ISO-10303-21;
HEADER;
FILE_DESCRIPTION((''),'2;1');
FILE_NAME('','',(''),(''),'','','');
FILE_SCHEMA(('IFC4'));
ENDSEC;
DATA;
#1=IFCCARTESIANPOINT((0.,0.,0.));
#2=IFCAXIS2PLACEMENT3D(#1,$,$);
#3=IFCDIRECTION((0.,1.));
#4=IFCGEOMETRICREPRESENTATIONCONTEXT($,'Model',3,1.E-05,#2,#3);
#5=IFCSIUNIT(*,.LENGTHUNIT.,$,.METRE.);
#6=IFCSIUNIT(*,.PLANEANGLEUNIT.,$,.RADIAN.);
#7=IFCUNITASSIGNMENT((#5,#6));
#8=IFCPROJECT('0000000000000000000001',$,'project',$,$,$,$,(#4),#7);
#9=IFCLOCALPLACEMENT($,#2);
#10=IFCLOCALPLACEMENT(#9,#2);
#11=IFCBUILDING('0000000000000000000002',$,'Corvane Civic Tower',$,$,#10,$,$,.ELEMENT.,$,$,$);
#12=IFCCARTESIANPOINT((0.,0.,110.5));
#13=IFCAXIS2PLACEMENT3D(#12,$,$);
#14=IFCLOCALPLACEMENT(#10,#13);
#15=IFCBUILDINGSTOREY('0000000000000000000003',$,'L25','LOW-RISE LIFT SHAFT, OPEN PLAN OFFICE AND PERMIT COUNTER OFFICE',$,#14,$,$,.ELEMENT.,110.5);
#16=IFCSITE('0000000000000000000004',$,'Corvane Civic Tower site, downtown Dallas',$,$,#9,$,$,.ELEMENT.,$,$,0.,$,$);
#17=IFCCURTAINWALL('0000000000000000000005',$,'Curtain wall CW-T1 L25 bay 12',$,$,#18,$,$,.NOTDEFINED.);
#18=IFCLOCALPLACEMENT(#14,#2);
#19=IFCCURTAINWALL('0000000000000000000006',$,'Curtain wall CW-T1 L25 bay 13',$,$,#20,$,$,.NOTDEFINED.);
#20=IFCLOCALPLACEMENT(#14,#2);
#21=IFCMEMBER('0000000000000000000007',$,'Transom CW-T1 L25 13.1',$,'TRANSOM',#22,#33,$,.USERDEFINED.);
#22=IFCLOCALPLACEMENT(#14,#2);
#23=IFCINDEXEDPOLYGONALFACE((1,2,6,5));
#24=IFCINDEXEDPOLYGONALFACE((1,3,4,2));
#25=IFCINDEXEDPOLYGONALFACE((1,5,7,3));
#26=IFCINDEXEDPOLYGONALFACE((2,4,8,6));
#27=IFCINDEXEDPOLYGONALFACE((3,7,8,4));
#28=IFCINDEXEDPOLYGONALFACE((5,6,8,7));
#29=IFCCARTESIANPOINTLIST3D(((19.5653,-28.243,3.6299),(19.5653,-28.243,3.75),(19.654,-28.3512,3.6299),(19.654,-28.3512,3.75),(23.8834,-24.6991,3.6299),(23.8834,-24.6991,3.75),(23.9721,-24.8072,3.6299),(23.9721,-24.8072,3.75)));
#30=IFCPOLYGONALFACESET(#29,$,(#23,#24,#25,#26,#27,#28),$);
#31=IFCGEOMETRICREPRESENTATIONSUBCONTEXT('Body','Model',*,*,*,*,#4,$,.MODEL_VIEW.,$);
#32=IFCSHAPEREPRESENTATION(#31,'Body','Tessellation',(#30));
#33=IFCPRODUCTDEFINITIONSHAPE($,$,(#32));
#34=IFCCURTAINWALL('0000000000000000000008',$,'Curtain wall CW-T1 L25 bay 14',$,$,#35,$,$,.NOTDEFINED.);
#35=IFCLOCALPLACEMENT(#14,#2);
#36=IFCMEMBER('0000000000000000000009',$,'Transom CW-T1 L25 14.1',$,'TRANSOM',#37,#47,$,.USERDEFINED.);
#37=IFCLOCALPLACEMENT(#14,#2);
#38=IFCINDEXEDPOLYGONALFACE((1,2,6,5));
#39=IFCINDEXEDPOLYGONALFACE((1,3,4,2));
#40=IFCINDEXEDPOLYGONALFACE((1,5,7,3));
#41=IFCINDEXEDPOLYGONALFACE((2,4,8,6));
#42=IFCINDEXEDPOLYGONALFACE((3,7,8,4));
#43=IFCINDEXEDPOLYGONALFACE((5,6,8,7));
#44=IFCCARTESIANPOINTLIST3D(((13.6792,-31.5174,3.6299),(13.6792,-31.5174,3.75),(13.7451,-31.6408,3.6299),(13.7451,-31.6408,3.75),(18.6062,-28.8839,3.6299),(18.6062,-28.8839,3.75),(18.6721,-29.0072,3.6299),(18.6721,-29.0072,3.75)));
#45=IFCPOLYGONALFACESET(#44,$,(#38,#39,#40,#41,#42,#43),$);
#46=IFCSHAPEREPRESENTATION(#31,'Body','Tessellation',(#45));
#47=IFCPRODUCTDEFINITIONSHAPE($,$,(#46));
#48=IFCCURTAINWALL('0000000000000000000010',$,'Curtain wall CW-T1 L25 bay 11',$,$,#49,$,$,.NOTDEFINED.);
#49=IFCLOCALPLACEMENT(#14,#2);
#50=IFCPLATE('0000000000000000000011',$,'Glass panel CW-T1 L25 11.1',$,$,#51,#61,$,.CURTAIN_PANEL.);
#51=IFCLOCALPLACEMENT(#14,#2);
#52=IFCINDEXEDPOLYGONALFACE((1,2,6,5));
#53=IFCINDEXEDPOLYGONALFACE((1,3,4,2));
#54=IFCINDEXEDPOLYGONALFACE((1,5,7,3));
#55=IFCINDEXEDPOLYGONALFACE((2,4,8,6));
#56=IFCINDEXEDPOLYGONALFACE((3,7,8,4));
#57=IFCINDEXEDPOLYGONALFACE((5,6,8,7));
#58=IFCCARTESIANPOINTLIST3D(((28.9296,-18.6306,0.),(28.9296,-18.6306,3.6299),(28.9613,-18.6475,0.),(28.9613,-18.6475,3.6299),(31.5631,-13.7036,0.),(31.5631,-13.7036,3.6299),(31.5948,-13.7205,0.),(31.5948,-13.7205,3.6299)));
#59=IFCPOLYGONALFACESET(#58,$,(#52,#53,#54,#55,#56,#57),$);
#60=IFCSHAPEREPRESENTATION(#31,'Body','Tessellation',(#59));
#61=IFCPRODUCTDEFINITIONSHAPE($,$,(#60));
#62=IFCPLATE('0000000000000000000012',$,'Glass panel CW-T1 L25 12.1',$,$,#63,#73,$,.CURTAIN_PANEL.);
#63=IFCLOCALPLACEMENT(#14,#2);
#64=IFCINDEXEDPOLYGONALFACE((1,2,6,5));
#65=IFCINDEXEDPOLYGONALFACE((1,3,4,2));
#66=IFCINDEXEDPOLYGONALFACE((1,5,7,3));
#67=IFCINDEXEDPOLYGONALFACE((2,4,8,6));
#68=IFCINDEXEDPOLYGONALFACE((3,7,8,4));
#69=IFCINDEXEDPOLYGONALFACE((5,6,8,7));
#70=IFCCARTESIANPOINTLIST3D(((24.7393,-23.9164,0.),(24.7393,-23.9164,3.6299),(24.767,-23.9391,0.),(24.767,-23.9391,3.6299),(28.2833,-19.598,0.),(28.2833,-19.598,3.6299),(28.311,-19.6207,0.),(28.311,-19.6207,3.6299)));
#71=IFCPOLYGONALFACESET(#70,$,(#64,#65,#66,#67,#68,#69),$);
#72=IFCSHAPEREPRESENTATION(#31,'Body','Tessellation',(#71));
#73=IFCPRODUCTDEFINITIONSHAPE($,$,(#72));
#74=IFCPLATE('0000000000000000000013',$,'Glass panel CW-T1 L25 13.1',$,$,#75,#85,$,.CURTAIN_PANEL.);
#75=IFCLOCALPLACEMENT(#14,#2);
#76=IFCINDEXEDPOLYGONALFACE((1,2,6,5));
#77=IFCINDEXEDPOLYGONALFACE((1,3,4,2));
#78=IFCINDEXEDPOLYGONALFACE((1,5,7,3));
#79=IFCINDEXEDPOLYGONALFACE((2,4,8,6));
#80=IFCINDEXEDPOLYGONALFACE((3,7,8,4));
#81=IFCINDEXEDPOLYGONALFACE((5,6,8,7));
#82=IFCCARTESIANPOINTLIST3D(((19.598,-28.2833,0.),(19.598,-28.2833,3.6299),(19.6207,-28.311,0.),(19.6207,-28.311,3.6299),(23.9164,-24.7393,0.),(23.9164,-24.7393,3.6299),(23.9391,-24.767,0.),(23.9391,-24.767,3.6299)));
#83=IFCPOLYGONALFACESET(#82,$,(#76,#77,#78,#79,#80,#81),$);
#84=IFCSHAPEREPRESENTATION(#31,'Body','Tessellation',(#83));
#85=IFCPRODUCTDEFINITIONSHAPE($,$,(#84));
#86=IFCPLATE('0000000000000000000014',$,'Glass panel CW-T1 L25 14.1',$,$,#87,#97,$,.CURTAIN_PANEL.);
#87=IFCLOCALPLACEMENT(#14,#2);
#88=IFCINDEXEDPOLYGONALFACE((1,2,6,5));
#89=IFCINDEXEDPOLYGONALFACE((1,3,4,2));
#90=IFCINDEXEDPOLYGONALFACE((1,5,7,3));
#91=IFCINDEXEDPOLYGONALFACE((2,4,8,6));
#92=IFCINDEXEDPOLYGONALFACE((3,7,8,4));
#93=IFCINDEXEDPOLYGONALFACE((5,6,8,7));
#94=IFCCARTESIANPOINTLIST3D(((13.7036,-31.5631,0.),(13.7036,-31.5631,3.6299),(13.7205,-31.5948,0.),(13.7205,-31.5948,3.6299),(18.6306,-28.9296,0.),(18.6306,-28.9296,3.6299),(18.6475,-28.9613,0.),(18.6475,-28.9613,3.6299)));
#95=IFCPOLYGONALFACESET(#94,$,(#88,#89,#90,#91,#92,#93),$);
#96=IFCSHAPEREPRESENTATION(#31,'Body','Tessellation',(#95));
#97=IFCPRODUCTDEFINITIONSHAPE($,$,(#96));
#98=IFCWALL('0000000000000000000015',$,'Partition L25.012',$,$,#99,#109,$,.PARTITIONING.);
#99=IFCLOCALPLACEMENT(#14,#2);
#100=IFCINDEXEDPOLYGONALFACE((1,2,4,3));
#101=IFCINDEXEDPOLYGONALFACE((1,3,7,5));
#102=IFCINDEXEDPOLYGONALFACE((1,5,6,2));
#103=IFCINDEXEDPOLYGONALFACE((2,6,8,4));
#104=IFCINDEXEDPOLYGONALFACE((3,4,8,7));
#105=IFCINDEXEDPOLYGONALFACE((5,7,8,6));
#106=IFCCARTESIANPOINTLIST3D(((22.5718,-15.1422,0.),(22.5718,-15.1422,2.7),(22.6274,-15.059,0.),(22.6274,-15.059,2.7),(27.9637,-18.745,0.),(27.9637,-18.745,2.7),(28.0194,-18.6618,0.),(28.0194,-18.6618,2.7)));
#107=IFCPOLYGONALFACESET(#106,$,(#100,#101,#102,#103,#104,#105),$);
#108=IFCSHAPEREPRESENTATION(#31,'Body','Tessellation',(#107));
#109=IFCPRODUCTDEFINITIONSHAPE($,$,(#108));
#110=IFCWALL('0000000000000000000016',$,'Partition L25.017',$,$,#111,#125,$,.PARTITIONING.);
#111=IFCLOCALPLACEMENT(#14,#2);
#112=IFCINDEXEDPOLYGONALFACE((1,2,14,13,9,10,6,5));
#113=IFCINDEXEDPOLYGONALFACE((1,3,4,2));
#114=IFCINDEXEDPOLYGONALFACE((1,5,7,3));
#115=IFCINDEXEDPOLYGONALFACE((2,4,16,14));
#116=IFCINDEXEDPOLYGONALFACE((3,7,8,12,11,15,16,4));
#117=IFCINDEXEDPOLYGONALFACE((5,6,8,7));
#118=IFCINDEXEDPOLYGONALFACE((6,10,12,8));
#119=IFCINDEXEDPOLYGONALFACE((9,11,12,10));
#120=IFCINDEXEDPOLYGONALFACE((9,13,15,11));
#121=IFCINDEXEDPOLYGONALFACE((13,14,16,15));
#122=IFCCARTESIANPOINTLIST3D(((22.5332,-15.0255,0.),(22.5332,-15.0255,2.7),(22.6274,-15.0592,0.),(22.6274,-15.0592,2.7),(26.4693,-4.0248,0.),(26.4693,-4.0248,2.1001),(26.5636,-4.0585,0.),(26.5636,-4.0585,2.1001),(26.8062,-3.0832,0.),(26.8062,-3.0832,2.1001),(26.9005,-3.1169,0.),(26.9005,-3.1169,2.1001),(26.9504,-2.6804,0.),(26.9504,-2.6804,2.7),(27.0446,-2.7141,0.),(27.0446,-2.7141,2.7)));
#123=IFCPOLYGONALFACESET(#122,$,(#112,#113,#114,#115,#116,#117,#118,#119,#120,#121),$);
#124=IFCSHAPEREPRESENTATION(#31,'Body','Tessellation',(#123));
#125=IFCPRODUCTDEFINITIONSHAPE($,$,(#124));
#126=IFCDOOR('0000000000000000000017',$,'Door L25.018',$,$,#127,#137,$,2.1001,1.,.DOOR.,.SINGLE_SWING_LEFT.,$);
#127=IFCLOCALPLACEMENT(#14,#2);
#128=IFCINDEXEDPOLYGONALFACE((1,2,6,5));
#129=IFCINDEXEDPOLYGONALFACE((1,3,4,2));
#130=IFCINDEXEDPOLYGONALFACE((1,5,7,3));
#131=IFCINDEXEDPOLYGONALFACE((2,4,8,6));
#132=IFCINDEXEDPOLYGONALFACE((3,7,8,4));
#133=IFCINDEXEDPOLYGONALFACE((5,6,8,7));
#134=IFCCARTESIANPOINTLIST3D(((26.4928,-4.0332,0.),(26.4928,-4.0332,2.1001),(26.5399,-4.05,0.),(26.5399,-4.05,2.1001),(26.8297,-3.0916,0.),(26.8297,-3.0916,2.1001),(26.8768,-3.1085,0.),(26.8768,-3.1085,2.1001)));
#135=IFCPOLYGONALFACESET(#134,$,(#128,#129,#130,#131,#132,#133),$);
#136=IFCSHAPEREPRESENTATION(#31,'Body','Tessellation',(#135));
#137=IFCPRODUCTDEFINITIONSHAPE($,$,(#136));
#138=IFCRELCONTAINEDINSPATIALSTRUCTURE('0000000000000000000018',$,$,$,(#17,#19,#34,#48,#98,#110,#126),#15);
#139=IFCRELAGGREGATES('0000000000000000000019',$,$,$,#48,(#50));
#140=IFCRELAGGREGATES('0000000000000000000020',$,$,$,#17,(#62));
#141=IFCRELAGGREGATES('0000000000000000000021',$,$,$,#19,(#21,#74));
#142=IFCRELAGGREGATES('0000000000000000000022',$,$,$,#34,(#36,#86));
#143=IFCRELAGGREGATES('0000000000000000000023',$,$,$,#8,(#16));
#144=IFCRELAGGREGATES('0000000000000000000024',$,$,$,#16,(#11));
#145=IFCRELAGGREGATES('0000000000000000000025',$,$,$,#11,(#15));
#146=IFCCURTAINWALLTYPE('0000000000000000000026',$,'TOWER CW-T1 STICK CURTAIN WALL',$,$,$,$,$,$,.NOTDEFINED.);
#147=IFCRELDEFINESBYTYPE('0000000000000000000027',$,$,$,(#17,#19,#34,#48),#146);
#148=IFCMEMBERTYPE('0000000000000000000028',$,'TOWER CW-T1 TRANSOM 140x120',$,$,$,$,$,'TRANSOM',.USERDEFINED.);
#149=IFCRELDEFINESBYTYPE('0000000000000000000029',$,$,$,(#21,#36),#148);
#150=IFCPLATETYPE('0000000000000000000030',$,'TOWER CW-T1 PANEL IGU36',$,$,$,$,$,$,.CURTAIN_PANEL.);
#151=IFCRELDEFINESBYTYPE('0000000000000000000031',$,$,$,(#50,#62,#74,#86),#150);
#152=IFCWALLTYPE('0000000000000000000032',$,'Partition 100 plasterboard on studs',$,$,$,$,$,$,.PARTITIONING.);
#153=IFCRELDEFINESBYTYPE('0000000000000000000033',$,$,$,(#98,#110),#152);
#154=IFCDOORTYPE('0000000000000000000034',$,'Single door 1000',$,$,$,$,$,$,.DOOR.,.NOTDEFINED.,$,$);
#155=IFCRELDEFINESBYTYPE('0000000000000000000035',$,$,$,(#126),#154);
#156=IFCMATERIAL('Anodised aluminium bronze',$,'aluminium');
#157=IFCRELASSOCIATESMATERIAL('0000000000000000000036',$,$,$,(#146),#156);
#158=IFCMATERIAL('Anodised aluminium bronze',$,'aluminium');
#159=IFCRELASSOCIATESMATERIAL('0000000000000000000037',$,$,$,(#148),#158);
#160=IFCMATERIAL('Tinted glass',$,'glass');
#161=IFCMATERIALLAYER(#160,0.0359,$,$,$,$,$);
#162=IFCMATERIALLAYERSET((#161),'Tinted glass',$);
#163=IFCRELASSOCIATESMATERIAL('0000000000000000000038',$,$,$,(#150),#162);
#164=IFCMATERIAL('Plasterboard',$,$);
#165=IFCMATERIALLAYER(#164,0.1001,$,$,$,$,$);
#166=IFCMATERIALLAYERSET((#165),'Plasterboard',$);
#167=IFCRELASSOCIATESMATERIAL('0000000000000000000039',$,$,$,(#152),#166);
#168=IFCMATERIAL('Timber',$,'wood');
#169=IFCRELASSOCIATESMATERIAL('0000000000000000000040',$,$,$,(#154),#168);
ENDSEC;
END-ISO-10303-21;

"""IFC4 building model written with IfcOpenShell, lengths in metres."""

from ifc_helpers import new_model, si_unit, direction, frame, frame_2d, origin, origin_2d, place, context, subcontext, project, spatial, rectangle, extrude, material, layer, layer_set, material_profile, profile_set, type_object, element, fill, aggregate, save


model = new_model("IFC4")

# Units and contexts
model_context = context("Model", 3, precision=1e-05, world=origin(), true_north=direction((0.0, 1.0)))
body_context = subcontext(model_context, "Body", "Model", "MODEL_VIEW")
ifc_project = project(units=[si_unit("LENGTHUNIT", "METRE"), si_unit("PLANEANGLEUNIT", "RADIAN")], contexts=[model_context])

# Site, building, storey
site_placement = place(None, origin())
site = spatial("IfcSite", under=ifc_project, at=site_placement, Name="Corvane Civic Tower site, downtown Dallas", CompositionType="ELEMENT", RefElevation=0.0)
building_placement = place(site_placement, origin())
building = spatial("IfcBuilding", under=site, at=building_placement, Name="Corvane Civic Tower", CompositionType="ELEMENT")
storey_placement = place(building_placement, frame((0.0, 0.0, 110.5)))
storey = spatial("IfcBuildingStorey", under=building, at=storey_placement, Name="L25", Description="LOW-RISE LIFT SHAFT, OPEN PLAN OFFICE AND PERMIT COUNTER OFFICE", CompositionType="ELEMENT", Elevation=110.5)

# Curtain walls, members
ifc_material_1 = material(Name="Anodised aluminium bronze", Category="aluminium")
curtain_wall_type = type_object("IfcCurtainWallType", Name="TOWER CW-T1 STICK CURTAIN WALL", PredefinedType="NOTDEFINED", material=ifc_material_1)
curtain_wall_1_placement = place(storey_placement, origin())
curtain_wall_1 = element("IfcCurtainWall", 1, at=curtain_wall_1_placement, inside=storey, type_object=curtain_wall_type, Name="Curtain wall CW-T1 L25 bay 12", PredefinedType="NOTDEFINED")
ifc_material_2 = material(Name="Anodised aluminium bronze", Category="aluminium")
ifc_material_profile_1 = material_profile(ifc_material_2, rectangle(XDim=0.1399, YDim=0.1201, at=origin_2d()), Name="TOWER CW-T1 TRANSOM 140x120")
ifc_profile_set_1 = profile_set([ifc_material_profile_1], Name="Anodised aluminium bronze")
member_type = type_object("IfcMemberType", Name="TOWER CW-T1 TRANSOM 140x120", ElementType="TRANSOM", PredefinedType="USERDEFINED", material=ifc_profile_set_1)
curtain_wall_2_placement = place(storey_placement, origin())
curtain_wall_2 = element("IfcCurtainWall", 2, at=curtain_wall_2_placement, inside=storey, type_object=curtain_wall_type, Name="Curtain wall CW-T1 L25 bay 13", PredefinedType="NOTDEFINED")
member_1_placement = place(storey_placement, frame((23.9277, -24.7532, 3.6899), z_axis=(-0.772996, -0.63441, 0.0), x_axis=(0.63441, -0.772996, 0.0)))
member_1 = element("IfcMember", 3, at=member_1_placement, type_object=member_type, Name="Transom CW-T1 L25 13.1", ObjectType="TRANSOM", PredefinedType="USERDEFINED", context=body_context, shape_type="SweptSolid", body=[
    extrude(rectangle(XDim=0.1399, YDim=0.1201, at=origin_2d()), origin(), (0.0, 0.0, 1.0), 5.5862),
])
curtain_wall_3_placement = place(storey_placement, origin())
curtain_wall_3 = element("IfcCurtainWall", 4, at=curtain_wall_3_placement, inside=storey, type_object=curtain_wall_type, Name="Curtain wall CW-T1 L25 bay 14", PredefinedType="NOTDEFINED")
member_2_placement = place(storey_placement, frame((18.6392, -28.9456, 3.6899), z_axis=(-0.881921, -0.471398, 0.0), x_axis=(0.471398, -0.881921, 0.0)))
member_2 = element("IfcMember", 5, at=member_2_placement, type_object=member_type, Name="Transom CW-T1 L25 14.1", ObjectType="TRANSOM", PredefinedType="USERDEFINED", context=body_context, shape_type="SweptSolid", body=[
    extrude(rectangle(XDim=0.1399, YDim=0.1201, at=origin_2d()), origin(), (0.0, 0.0, 1.0), 5.5867),
])

# Curtain wall, plate
curtain_wall_4_placement = place(storey_placement, origin())
curtain_wall_4 = element("IfcCurtainWall", 6, at=curtain_wall_4_placement, inside=storey, type_object=curtain_wall_type, Name="Curtain wall CW-T1 L25 bay 11", PredefinedType="NOTDEFINED")
ifc_material_3 = material(Name="Tinted glass", Category="glass")
ifc_layer_1 = layer(ifc_material_3, 0.0359)
ifc_layer_set_1 = layer_set([ifc_layer_1], Name="Tinted glass")
plate_type = type_object("IfcPlateType", Name="TOWER CW-T1 PANEL IGU36", PredefinedType="CURTAIN_PANEL", material=ifc_layer_set_1)
plate_1_placement = place(storey_placement, frame((30.2622, -16.1755, 0.0), z_axis=(0.0, 0.0, 1.0), x_axis=(-0.471392, -0.881924, 0.0)))
plate_1 = element("IfcPlate", 7, at=plate_1_placement, type_object=plate_type, Name="Glass panel CW-T1 L25 11.1", PredefinedType="CURTAIN_PANEL", context=body_context, shape_type="SweptSolid", body=[
    extrude(rectangle(XDim=5.5867, YDim=0.0359, at=origin_2d()), origin(), (0.0, 0.0, 1.0), 3.6299),
])
aggregate(curtain_wall_4, [plate_1])

# Plates
plate_2_placement = place(storey_placement, frame((26.5251, -21.7686, 0.0), z_axis=(0.0, 0.0, 1.0), x_axis=(-0.63439, -0.773013, 0.0)))
plate_2 = element("IfcPlate", 8, at=plate_2_placement, type_object=plate_type, Name="Glass panel CW-T1 L25 12.1", PredefinedType="CURTAIN_PANEL", context=body_context, shape_type="SweptSolid", body=[
    extrude(rectangle(XDim=5.5864, YDim=0.0359, at=origin_2d()), origin(), (0.0, 0.0, 1.0), 3.6299),
])
aggregate(curtain_wall_1, [plate_2])
plate_3_placement = place(storey_placement, frame((21.7686, -26.5251, 0.0), z_axis=(0.0, 0.0, 1.0), x_axis=(-0.773013, -0.63439, 0.0)))
plate_3 = element("IfcPlate", 9, at=plate_3_placement, type_object=plate_type, Name="Glass panel CW-T1 L25 13.1", PredefinedType="CURTAIN_PANEL", context=body_context, shape_type="SweptSolid", body=[
    extrude(rectangle(XDim=5.5864, YDim=0.0359, at=origin_2d()), origin(), (0.0, 0.0, 1.0), 3.6299),
])
aggregate(curtain_wall_2, [member_1, plate_3])
plate_4_placement = place(storey_placement, frame((16.1755, -30.2622, 0.0), z_axis=(0.0, 0.0, 1.0), x_axis=(-0.881924, -0.471392, 0.0)))
plate_4 = element("IfcPlate", 10, at=plate_4_placement, type_object=plate_type, Name="Glass panel CW-T1 L25 14.1", PredefinedType="CURTAIN_PANEL", context=body_context, shape_type="SweptSolid", body=[
    extrude(rectangle(XDim=5.5867, YDim=0.0359, at=origin_2d()), origin(), (0.0, 0.0, 1.0), 3.6299),
])
aggregate(curtain_wall_3, [member_2, plate_4])

# Wall
ifc_material_4 = material(Name="Plasterboard")
ifc_layer_2 = layer(ifc_material_4, 0.1001)
ifc_layer_set_2 = layer_set([ifc_layer_2], Name="Plasterboard")
wall_type_1 = type_object("IfcWallType", Name="Partition 100 plasterboard on studs", PredefinedType="PARTITIONING", material=ifc_layer_set_2)
wall_1_placement = place(storey_placement, frame((22.5996, -15.1006, 0.0), z_axis=(0.0, 0.0, 1.0), x_axis=(0.831465, -0.555577, 0.0)))
element("IfcWall", 11, at=wall_1_placement, inside=storey, type_object=wall_type_1, Name="Partition L25.012", PredefinedType="PARTITIONING", context=body_context, shape_type="SweptSolid", body=[
    extrude(rectangle(XDim=6.4849, YDim=0.1001, at=frame_2d((3.2424, 0.0))), origin(), (0.0, 0.0, 1.0), 2.7),
])

# Wall, opening, door
wall_2_placement = place(storey_placement, frame((22.5803, -15.0422, 0.0), z_axis=(0.0, 0.0, 1.0), x_axis=(0.336893, 0.941543, 0.0)))
wall_2 = element("IfcWall", 12, at=wall_2_placement, inside=storey, type_object=wall_type_1, Name="Partition L25.017", PredefinedType="PARTITIONING", context=body_context, shape_type="SweptSolid", body=[
    extrude(rectangle(XDim=13.1116, YDim=0.1001, at=frame_2d((6.5557, 0.0))), origin(), (0.0, 0.0, 1.0), 2.7),
])
opening_1_placement = place(wall_2_placement, frame((11.6836, 0.0, 0.0)))
opening_1 = element("IfcOpeningElement", 13, at=opening_1_placement, cuts=wall_2, PredefinedType="OPENING", context=body_context, shape_type="SweptSolid", body=[
    extrude(rectangle(XDim=1.0, YDim=2.1001, at=frame_2d((0.5, 1.05))), frame((0.0, 0.0601, 0.0), z_axis=(0.0, -1.0, 0.0), x_axis=(1.0, 0.0, 0.0)), (0.0, 0.0, 1.0), 0.1201),
])
ifc_material_5 = material(Name="Timber", Category="wood")
door_type_1 = type_object("IfcDoorType", Name="Single door 1000", OperationType="NOTDEFINED", PredefinedType="DOOR", material=ifc_material_5)
door_1_placement = place(opening_1_placement, frame((1.0, 0.0, 0.0), z_axis=(0.0, 0.0, 1.0), x_axis=(-1.0, 0.0, 0.0)))
door_1 = element("IfcDoor", 14, at=door_1_placement, inside=storey, type_object=door_type_1, Name="Door L25.018", OperationType="SINGLE_SWING_LEFT", OverallHeight=2.1001, OverallWidth=1.0, PredefinedType="DOOR", context=body_context, shape_type="SweptSolid", body=[
    extrude(rectangle(XDim=1.0, YDim=2.1001, at=frame_2d((0.5, 1.05))), frame((0.0, 0.0249, 0.0), z_axis=(0.0, -1.0, 0.0), x_axis=(1.0, 0.0, 0.0)), (0.0, 0.0, 1.0), 0.05),
])
fill(opening_1, door_1)

save(model, "model.ifc")
